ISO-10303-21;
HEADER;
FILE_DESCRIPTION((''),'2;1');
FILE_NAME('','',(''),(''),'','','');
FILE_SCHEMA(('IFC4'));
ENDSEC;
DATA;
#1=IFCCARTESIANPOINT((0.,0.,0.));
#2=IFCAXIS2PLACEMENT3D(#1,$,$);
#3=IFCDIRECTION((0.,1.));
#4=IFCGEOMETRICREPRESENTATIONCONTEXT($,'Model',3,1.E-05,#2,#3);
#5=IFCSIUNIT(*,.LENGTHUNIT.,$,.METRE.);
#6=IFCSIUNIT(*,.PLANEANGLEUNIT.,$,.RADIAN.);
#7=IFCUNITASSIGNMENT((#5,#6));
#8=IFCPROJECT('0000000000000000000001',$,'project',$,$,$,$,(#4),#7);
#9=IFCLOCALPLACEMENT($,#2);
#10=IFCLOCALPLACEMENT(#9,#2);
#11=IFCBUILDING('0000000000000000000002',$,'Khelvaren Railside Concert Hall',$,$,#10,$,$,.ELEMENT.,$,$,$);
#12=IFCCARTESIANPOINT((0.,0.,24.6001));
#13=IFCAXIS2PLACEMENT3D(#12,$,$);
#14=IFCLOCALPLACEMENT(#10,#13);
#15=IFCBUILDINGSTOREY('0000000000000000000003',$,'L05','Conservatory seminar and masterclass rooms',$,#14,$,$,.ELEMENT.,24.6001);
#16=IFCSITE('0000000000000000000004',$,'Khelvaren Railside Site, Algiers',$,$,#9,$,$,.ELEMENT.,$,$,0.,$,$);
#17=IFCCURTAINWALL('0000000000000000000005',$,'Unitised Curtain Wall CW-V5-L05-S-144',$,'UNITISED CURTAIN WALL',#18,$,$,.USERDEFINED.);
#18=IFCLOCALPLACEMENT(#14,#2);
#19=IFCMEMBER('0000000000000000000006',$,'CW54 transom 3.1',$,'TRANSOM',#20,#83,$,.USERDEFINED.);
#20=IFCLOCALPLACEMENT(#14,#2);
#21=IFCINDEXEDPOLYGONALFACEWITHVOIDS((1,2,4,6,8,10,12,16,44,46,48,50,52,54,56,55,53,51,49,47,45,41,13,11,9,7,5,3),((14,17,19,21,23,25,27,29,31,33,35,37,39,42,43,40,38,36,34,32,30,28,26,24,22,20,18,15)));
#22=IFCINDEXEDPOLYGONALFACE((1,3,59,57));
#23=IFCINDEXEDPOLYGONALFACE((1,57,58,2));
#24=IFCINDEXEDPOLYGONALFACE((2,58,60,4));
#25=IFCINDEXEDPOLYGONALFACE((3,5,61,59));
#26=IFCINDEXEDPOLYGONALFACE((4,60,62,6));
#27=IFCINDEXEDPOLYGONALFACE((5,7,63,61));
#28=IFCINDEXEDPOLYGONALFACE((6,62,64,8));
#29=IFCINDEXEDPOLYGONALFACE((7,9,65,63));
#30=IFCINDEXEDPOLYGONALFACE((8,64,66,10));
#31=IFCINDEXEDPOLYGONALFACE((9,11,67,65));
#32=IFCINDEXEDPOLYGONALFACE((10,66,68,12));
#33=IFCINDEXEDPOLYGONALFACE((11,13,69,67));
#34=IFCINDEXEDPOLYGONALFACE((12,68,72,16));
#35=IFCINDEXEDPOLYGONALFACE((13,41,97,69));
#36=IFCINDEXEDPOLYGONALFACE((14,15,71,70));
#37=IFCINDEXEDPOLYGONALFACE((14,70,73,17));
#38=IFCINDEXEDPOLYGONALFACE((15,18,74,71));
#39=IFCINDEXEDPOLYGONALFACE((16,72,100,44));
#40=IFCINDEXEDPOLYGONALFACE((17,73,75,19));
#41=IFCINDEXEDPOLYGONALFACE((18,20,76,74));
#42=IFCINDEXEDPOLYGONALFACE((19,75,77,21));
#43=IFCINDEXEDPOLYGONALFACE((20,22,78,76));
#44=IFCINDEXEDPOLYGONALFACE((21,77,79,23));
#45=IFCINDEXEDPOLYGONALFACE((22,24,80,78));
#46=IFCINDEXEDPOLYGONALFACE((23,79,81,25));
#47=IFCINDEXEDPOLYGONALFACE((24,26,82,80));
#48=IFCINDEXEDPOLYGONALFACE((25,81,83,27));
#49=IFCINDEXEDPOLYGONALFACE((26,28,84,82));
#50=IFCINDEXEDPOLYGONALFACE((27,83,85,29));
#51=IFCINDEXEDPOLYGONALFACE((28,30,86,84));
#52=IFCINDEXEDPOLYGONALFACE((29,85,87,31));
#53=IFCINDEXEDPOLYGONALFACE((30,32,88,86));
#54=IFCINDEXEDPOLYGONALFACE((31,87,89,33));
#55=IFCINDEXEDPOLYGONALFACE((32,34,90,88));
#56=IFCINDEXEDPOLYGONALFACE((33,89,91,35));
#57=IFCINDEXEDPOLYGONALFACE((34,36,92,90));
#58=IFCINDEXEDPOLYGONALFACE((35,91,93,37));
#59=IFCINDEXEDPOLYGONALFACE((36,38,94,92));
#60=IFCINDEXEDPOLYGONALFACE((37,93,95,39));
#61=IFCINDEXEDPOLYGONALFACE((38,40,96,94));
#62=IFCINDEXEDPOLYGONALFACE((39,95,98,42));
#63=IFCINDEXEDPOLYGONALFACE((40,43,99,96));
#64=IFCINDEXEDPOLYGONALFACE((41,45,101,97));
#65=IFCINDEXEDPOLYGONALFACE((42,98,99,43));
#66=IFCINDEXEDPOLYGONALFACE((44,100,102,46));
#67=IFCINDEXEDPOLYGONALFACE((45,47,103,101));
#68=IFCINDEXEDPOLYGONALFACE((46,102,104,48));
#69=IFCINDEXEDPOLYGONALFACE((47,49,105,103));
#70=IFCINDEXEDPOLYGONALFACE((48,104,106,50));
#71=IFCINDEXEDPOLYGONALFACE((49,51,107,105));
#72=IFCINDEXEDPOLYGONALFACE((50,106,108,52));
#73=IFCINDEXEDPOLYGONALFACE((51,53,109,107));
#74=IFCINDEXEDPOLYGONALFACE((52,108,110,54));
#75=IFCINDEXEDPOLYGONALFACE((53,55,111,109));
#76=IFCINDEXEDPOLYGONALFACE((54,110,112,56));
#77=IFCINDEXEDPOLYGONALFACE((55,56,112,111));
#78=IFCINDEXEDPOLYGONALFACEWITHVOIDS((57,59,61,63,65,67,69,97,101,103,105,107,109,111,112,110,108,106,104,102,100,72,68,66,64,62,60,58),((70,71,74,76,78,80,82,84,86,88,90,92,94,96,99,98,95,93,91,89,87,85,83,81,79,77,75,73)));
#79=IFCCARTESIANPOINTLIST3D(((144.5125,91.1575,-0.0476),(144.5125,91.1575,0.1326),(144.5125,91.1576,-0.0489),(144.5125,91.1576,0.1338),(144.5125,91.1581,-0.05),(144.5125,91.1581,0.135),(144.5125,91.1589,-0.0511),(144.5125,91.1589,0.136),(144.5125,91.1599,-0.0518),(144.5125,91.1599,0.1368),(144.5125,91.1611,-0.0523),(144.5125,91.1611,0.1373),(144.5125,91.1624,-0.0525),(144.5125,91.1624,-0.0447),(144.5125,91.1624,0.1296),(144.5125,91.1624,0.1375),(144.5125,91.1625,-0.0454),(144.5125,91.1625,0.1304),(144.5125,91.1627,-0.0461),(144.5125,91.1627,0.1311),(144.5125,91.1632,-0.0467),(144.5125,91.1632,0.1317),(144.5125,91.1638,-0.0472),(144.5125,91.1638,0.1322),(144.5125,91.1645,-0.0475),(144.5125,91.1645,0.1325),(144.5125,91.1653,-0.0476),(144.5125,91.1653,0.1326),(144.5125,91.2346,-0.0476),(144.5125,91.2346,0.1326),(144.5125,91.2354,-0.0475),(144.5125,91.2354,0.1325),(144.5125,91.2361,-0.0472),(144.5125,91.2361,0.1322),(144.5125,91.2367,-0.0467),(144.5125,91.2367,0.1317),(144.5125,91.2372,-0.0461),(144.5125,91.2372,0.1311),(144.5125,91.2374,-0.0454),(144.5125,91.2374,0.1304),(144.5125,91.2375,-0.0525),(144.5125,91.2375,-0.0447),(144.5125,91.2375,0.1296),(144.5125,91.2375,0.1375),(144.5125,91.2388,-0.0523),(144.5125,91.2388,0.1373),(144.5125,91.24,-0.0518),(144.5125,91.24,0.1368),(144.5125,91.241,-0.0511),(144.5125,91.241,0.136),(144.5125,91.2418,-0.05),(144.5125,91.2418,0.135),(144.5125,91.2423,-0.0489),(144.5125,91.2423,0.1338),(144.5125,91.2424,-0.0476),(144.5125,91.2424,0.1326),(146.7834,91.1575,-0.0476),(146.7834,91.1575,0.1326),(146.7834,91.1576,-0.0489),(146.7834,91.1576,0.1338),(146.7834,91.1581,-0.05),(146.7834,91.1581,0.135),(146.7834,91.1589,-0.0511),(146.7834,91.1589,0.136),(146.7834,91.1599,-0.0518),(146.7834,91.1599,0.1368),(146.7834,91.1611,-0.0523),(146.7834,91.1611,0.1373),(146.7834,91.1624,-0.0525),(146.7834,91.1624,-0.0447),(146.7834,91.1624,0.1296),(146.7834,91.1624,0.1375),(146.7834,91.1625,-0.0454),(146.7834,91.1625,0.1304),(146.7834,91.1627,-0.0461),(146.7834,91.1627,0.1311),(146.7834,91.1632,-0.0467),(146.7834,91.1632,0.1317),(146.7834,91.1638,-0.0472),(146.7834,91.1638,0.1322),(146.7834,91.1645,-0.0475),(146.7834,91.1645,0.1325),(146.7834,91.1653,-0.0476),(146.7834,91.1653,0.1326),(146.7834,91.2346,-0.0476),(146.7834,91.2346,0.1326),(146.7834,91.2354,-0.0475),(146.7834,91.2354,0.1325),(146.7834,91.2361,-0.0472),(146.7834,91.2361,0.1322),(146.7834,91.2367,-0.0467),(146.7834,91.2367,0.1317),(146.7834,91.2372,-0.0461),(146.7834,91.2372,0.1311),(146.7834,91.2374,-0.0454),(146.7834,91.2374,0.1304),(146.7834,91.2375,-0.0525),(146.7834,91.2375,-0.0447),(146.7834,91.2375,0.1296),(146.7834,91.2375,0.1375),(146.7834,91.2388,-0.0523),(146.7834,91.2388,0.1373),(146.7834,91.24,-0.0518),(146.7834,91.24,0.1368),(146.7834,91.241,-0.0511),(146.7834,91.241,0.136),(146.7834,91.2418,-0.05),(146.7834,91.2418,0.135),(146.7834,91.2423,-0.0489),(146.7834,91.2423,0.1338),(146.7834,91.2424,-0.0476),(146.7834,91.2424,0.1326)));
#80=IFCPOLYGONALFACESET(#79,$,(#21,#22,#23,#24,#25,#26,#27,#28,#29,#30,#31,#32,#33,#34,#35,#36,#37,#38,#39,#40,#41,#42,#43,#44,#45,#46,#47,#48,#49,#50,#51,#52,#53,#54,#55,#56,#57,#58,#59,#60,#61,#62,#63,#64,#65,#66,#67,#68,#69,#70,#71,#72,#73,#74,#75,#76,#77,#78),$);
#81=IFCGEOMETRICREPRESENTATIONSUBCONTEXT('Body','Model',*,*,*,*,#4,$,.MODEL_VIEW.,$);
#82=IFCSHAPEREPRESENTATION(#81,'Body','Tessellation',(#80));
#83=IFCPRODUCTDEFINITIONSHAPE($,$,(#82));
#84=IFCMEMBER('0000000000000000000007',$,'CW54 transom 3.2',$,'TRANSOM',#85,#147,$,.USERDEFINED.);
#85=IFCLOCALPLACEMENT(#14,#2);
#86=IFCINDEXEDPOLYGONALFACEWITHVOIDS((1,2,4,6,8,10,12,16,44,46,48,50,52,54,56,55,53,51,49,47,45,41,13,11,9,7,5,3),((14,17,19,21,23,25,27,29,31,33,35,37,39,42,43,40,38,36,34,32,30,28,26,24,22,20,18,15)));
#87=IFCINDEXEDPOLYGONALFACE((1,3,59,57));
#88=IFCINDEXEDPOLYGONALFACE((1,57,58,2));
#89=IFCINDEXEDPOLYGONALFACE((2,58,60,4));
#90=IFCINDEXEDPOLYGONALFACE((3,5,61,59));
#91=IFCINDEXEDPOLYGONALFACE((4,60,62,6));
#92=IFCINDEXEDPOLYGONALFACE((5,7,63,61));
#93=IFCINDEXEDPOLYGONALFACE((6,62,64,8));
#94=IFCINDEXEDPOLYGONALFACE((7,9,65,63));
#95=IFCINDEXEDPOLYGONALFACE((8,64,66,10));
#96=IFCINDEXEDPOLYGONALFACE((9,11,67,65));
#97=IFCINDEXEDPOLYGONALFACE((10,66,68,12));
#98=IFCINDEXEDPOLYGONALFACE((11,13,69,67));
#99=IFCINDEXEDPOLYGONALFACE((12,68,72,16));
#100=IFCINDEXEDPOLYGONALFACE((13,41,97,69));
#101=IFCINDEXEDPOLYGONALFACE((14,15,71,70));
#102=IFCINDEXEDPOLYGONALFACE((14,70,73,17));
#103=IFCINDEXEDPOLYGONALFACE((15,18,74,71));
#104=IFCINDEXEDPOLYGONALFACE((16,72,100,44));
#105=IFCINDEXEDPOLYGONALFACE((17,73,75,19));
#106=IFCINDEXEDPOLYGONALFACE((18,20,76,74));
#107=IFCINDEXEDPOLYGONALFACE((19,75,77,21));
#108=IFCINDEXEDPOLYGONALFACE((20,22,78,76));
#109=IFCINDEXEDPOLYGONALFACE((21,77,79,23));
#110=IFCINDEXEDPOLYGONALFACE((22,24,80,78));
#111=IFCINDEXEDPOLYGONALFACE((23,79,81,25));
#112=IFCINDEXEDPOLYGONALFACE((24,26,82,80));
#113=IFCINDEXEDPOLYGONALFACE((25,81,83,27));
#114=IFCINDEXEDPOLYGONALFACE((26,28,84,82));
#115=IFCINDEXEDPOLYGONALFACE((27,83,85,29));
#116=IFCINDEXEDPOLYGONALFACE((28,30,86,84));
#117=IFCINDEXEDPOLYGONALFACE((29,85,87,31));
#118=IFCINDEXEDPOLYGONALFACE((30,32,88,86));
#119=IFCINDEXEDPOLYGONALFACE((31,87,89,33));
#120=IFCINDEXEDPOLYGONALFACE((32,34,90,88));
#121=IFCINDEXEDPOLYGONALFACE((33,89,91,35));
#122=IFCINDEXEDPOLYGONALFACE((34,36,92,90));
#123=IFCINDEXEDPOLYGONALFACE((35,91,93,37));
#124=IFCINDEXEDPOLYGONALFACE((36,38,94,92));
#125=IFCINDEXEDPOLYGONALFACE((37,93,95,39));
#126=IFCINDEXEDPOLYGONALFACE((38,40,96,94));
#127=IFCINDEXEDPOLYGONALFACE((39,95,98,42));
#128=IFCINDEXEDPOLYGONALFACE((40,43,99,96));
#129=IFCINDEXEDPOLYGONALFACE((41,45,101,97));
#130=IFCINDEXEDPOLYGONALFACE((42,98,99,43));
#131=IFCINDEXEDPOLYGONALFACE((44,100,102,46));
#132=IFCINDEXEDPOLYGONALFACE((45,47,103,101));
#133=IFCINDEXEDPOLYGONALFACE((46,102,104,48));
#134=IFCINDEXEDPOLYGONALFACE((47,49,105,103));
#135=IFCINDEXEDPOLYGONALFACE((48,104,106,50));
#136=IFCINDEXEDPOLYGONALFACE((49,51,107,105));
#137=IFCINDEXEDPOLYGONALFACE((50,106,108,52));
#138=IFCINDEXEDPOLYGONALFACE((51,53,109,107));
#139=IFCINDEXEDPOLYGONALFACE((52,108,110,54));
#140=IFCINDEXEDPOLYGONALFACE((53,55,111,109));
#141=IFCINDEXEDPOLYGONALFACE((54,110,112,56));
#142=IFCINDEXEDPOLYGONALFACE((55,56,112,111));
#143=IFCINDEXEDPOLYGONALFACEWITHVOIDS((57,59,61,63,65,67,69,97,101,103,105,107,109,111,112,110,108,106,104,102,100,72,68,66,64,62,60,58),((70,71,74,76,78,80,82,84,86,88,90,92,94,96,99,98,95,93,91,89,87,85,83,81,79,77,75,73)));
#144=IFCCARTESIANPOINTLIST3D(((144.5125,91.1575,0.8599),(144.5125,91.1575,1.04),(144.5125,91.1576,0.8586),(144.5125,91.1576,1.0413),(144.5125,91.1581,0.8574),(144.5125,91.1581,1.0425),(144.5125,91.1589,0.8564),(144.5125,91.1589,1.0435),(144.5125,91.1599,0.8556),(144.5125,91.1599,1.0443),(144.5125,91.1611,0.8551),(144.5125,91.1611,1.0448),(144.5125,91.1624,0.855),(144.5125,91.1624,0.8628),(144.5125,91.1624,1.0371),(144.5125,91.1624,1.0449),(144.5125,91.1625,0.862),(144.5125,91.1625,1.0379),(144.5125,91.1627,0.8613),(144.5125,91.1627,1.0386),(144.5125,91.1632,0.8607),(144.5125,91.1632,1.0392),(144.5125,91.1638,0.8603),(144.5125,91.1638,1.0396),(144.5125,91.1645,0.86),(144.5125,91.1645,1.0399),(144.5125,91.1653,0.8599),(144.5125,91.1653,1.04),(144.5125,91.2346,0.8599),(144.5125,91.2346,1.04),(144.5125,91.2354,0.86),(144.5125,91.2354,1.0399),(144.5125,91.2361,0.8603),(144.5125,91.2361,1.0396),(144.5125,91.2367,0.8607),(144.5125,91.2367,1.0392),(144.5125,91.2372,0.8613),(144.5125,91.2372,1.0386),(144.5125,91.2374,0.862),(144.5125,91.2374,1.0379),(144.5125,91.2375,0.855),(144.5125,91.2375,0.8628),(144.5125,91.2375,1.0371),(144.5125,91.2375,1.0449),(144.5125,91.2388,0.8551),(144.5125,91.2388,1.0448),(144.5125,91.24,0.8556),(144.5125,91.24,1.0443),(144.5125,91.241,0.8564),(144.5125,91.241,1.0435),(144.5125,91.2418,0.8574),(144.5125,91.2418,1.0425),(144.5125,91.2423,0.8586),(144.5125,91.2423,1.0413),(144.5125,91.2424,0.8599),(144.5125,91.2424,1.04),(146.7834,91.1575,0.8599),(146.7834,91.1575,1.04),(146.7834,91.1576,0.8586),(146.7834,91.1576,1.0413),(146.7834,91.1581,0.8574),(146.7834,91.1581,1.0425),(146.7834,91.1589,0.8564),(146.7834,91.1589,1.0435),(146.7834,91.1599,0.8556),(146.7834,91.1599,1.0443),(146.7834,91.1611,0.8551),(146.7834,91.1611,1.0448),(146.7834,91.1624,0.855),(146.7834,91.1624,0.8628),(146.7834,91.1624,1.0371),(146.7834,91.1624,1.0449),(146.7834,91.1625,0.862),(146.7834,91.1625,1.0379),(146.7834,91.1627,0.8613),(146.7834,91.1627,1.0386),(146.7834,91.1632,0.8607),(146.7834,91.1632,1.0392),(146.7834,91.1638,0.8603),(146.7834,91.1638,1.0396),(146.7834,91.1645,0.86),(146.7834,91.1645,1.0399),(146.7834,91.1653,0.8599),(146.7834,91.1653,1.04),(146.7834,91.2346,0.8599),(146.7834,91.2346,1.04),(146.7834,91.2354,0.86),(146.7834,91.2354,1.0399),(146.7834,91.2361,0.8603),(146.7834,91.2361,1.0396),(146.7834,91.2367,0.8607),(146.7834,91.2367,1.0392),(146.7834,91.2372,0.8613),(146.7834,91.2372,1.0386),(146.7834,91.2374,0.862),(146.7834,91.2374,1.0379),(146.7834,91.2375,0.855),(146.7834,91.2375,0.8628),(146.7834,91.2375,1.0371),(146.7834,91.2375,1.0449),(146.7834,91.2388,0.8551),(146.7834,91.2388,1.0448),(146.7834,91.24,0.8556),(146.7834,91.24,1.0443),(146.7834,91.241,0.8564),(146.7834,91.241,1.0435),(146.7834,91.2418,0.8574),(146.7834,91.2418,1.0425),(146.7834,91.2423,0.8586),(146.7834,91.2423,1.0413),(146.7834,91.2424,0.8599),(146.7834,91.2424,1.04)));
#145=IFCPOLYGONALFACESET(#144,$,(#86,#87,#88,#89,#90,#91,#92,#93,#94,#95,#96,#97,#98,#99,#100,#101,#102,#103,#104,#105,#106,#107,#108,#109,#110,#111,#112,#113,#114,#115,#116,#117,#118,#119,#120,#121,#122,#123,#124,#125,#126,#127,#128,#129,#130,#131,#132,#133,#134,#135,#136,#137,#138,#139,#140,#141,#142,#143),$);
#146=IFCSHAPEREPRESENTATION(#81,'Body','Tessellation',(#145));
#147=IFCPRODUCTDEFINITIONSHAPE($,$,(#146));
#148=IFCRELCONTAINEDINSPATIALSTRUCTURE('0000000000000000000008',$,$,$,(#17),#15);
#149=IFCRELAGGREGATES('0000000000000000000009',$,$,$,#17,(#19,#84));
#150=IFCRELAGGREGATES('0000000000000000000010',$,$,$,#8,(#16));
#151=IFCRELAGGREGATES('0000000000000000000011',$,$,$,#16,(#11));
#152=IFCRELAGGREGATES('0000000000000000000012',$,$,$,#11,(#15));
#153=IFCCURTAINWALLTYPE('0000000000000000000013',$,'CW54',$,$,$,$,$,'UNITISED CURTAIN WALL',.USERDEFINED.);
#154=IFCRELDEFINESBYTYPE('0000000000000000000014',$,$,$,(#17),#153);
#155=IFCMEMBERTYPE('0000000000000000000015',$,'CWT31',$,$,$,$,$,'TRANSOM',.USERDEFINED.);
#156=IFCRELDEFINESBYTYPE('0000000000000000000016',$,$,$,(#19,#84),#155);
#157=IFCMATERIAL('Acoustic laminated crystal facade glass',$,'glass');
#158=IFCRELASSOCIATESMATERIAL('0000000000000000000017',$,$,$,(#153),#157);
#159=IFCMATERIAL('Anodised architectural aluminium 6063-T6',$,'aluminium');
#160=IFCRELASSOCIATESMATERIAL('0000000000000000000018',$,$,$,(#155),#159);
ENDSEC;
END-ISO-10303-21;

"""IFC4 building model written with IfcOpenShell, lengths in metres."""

from ifc_helpers import new_model, si_unit, direction, frame, origin, origin_2d, place, context, subcontext, project, spatial, hollow_rectangle, extrude, material, material_profile, profile_set, type_object, element, aggregate, save


model = new_model("IFC4")

# Units and contexts
model_context = context("Model", 3, precision=1e-05, world=origin(), true_north=direction((0.0, 1.0)))
body_context = subcontext(model_context, "Body", "Model", "MODEL_VIEW")
ifc_project = project(units=[si_unit("LENGTHUNIT", "METRE"), si_unit("PLANEANGLEUNIT", "RADIAN")], contexts=[model_context])

# Site, building, storey
site_placement = place(None, origin())
site = spatial("IfcSite", under=ifc_project, at=site_placement, Name="Khelvaren Railside Site, Algiers", CompositionType="ELEMENT", RefElevation=0.0)
building_placement = place(site_placement, origin())
building = spatial("IfcBuilding", under=site, at=building_placement, Name="Khelvaren Railside Concert Hall", CompositionType="ELEMENT")
storey_placement = place(building_placement, frame((0.0, 0.0, 24.6001)))
storey = spatial("IfcBuildingStorey", under=building, at=storey_placement, Name="L05", Description="Conservatory seminar and masterclass rooms", CompositionType="ELEMENT", Elevation=24.6001)

# Curtain wall, members
ifc_material_1 = material(Name="Acoustic laminated crystal facade glass", Category="glass")
curtain_wall_type = type_object("IfcCurtainWallType", Name="CW54", ElementType="UNITISED CURTAIN WALL", PredefinedType="USERDEFINED", material=ifc_material_1)
curtain_wall_placement = place(storey_placement, origin())
curtain_wall = element("IfcCurtainWall", 1, at=curtain_wall_placement, inside=storey, type_object=curtain_wall_type, Name="Unitised Curtain Wall CW-V5-L05-S-144", ObjectType="UNITISED CURTAIN WALL", PredefinedType="USERDEFINED")
ifc_material_2 = material(Name="Anodised architectural aluminium 6063-T6", Category="aluminium")
ifc_material_profile_1 = material_profile(ifc_material_2, hollow_rectangle(XDim=0.085, YDim=0.1899, WallThickness=0.0049, InnerFilletRadius=0.0029, OuterFilletRadius=0.0049, at=origin_2d()), Name="CWT 85x190x5")
ifc_profile_set_1 = profile_set([ifc_material_profile_1], Name="Anodised architectural aluminium 6063-T6")
member_type_1 = type_object("IfcMemberType", Name="CWT31", ElementType="TRANSOM", PredefinedType="USERDEFINED", material=ifc_profile_set_1)
member_1_placement = place(storey_placement, frame((146.7834, 91.2, 0.0425), z_axis=(-1.0, 0.0, 0.0), x_axis=(0.0, -1.0, 0.0)))
member_1 = element("IfcMember", 2, at=member_1_placement, type_object=member_type_1, Name="CW54 transom 3.1", ObjectType="TRANSOM", PredefinedType="USERDEFINED", context=body_context, shape_type="SweptSolid", body=[
    extrude(hollow_rectangle(XDim=0.085, YDim=0.1899, WallThickness=0.0049, InnerFilletRadius=0.0029, OuterFilletRadius=0.0049, at=origin_2d()), origin(), (0.0, 0.0, 1.0), 2.271),
])
member_2_placement = place(storey_placement, frame((146.7834, 91.2, 0.95), z_axis=(-1.0, 0.0, 0.0), x_axis=(0.0, -1.0, 0.0)))
member_2 = element("IfcMember", 3, at=member_2_placement, type_object=member_type_1, Name="CW54 transom 3.2", ObjectType="TRANSOM", PredefinedType="USERDEFINED", context=body_context, shape_type="SweptSolid", body=[
    extrude(hollow_rectangle(XDim=0.085, YDim=0.1899, WallThickness=0.0049, InnerFilletRadius=0.0029, OuterFilletRadius=0.0049, at=origin_2d()), origin(), (0.0, 0.0, 1.0), 2.271),
])
aggregate(curtain_wall, [member_1, member_2])

save(model, "model.ifc")
